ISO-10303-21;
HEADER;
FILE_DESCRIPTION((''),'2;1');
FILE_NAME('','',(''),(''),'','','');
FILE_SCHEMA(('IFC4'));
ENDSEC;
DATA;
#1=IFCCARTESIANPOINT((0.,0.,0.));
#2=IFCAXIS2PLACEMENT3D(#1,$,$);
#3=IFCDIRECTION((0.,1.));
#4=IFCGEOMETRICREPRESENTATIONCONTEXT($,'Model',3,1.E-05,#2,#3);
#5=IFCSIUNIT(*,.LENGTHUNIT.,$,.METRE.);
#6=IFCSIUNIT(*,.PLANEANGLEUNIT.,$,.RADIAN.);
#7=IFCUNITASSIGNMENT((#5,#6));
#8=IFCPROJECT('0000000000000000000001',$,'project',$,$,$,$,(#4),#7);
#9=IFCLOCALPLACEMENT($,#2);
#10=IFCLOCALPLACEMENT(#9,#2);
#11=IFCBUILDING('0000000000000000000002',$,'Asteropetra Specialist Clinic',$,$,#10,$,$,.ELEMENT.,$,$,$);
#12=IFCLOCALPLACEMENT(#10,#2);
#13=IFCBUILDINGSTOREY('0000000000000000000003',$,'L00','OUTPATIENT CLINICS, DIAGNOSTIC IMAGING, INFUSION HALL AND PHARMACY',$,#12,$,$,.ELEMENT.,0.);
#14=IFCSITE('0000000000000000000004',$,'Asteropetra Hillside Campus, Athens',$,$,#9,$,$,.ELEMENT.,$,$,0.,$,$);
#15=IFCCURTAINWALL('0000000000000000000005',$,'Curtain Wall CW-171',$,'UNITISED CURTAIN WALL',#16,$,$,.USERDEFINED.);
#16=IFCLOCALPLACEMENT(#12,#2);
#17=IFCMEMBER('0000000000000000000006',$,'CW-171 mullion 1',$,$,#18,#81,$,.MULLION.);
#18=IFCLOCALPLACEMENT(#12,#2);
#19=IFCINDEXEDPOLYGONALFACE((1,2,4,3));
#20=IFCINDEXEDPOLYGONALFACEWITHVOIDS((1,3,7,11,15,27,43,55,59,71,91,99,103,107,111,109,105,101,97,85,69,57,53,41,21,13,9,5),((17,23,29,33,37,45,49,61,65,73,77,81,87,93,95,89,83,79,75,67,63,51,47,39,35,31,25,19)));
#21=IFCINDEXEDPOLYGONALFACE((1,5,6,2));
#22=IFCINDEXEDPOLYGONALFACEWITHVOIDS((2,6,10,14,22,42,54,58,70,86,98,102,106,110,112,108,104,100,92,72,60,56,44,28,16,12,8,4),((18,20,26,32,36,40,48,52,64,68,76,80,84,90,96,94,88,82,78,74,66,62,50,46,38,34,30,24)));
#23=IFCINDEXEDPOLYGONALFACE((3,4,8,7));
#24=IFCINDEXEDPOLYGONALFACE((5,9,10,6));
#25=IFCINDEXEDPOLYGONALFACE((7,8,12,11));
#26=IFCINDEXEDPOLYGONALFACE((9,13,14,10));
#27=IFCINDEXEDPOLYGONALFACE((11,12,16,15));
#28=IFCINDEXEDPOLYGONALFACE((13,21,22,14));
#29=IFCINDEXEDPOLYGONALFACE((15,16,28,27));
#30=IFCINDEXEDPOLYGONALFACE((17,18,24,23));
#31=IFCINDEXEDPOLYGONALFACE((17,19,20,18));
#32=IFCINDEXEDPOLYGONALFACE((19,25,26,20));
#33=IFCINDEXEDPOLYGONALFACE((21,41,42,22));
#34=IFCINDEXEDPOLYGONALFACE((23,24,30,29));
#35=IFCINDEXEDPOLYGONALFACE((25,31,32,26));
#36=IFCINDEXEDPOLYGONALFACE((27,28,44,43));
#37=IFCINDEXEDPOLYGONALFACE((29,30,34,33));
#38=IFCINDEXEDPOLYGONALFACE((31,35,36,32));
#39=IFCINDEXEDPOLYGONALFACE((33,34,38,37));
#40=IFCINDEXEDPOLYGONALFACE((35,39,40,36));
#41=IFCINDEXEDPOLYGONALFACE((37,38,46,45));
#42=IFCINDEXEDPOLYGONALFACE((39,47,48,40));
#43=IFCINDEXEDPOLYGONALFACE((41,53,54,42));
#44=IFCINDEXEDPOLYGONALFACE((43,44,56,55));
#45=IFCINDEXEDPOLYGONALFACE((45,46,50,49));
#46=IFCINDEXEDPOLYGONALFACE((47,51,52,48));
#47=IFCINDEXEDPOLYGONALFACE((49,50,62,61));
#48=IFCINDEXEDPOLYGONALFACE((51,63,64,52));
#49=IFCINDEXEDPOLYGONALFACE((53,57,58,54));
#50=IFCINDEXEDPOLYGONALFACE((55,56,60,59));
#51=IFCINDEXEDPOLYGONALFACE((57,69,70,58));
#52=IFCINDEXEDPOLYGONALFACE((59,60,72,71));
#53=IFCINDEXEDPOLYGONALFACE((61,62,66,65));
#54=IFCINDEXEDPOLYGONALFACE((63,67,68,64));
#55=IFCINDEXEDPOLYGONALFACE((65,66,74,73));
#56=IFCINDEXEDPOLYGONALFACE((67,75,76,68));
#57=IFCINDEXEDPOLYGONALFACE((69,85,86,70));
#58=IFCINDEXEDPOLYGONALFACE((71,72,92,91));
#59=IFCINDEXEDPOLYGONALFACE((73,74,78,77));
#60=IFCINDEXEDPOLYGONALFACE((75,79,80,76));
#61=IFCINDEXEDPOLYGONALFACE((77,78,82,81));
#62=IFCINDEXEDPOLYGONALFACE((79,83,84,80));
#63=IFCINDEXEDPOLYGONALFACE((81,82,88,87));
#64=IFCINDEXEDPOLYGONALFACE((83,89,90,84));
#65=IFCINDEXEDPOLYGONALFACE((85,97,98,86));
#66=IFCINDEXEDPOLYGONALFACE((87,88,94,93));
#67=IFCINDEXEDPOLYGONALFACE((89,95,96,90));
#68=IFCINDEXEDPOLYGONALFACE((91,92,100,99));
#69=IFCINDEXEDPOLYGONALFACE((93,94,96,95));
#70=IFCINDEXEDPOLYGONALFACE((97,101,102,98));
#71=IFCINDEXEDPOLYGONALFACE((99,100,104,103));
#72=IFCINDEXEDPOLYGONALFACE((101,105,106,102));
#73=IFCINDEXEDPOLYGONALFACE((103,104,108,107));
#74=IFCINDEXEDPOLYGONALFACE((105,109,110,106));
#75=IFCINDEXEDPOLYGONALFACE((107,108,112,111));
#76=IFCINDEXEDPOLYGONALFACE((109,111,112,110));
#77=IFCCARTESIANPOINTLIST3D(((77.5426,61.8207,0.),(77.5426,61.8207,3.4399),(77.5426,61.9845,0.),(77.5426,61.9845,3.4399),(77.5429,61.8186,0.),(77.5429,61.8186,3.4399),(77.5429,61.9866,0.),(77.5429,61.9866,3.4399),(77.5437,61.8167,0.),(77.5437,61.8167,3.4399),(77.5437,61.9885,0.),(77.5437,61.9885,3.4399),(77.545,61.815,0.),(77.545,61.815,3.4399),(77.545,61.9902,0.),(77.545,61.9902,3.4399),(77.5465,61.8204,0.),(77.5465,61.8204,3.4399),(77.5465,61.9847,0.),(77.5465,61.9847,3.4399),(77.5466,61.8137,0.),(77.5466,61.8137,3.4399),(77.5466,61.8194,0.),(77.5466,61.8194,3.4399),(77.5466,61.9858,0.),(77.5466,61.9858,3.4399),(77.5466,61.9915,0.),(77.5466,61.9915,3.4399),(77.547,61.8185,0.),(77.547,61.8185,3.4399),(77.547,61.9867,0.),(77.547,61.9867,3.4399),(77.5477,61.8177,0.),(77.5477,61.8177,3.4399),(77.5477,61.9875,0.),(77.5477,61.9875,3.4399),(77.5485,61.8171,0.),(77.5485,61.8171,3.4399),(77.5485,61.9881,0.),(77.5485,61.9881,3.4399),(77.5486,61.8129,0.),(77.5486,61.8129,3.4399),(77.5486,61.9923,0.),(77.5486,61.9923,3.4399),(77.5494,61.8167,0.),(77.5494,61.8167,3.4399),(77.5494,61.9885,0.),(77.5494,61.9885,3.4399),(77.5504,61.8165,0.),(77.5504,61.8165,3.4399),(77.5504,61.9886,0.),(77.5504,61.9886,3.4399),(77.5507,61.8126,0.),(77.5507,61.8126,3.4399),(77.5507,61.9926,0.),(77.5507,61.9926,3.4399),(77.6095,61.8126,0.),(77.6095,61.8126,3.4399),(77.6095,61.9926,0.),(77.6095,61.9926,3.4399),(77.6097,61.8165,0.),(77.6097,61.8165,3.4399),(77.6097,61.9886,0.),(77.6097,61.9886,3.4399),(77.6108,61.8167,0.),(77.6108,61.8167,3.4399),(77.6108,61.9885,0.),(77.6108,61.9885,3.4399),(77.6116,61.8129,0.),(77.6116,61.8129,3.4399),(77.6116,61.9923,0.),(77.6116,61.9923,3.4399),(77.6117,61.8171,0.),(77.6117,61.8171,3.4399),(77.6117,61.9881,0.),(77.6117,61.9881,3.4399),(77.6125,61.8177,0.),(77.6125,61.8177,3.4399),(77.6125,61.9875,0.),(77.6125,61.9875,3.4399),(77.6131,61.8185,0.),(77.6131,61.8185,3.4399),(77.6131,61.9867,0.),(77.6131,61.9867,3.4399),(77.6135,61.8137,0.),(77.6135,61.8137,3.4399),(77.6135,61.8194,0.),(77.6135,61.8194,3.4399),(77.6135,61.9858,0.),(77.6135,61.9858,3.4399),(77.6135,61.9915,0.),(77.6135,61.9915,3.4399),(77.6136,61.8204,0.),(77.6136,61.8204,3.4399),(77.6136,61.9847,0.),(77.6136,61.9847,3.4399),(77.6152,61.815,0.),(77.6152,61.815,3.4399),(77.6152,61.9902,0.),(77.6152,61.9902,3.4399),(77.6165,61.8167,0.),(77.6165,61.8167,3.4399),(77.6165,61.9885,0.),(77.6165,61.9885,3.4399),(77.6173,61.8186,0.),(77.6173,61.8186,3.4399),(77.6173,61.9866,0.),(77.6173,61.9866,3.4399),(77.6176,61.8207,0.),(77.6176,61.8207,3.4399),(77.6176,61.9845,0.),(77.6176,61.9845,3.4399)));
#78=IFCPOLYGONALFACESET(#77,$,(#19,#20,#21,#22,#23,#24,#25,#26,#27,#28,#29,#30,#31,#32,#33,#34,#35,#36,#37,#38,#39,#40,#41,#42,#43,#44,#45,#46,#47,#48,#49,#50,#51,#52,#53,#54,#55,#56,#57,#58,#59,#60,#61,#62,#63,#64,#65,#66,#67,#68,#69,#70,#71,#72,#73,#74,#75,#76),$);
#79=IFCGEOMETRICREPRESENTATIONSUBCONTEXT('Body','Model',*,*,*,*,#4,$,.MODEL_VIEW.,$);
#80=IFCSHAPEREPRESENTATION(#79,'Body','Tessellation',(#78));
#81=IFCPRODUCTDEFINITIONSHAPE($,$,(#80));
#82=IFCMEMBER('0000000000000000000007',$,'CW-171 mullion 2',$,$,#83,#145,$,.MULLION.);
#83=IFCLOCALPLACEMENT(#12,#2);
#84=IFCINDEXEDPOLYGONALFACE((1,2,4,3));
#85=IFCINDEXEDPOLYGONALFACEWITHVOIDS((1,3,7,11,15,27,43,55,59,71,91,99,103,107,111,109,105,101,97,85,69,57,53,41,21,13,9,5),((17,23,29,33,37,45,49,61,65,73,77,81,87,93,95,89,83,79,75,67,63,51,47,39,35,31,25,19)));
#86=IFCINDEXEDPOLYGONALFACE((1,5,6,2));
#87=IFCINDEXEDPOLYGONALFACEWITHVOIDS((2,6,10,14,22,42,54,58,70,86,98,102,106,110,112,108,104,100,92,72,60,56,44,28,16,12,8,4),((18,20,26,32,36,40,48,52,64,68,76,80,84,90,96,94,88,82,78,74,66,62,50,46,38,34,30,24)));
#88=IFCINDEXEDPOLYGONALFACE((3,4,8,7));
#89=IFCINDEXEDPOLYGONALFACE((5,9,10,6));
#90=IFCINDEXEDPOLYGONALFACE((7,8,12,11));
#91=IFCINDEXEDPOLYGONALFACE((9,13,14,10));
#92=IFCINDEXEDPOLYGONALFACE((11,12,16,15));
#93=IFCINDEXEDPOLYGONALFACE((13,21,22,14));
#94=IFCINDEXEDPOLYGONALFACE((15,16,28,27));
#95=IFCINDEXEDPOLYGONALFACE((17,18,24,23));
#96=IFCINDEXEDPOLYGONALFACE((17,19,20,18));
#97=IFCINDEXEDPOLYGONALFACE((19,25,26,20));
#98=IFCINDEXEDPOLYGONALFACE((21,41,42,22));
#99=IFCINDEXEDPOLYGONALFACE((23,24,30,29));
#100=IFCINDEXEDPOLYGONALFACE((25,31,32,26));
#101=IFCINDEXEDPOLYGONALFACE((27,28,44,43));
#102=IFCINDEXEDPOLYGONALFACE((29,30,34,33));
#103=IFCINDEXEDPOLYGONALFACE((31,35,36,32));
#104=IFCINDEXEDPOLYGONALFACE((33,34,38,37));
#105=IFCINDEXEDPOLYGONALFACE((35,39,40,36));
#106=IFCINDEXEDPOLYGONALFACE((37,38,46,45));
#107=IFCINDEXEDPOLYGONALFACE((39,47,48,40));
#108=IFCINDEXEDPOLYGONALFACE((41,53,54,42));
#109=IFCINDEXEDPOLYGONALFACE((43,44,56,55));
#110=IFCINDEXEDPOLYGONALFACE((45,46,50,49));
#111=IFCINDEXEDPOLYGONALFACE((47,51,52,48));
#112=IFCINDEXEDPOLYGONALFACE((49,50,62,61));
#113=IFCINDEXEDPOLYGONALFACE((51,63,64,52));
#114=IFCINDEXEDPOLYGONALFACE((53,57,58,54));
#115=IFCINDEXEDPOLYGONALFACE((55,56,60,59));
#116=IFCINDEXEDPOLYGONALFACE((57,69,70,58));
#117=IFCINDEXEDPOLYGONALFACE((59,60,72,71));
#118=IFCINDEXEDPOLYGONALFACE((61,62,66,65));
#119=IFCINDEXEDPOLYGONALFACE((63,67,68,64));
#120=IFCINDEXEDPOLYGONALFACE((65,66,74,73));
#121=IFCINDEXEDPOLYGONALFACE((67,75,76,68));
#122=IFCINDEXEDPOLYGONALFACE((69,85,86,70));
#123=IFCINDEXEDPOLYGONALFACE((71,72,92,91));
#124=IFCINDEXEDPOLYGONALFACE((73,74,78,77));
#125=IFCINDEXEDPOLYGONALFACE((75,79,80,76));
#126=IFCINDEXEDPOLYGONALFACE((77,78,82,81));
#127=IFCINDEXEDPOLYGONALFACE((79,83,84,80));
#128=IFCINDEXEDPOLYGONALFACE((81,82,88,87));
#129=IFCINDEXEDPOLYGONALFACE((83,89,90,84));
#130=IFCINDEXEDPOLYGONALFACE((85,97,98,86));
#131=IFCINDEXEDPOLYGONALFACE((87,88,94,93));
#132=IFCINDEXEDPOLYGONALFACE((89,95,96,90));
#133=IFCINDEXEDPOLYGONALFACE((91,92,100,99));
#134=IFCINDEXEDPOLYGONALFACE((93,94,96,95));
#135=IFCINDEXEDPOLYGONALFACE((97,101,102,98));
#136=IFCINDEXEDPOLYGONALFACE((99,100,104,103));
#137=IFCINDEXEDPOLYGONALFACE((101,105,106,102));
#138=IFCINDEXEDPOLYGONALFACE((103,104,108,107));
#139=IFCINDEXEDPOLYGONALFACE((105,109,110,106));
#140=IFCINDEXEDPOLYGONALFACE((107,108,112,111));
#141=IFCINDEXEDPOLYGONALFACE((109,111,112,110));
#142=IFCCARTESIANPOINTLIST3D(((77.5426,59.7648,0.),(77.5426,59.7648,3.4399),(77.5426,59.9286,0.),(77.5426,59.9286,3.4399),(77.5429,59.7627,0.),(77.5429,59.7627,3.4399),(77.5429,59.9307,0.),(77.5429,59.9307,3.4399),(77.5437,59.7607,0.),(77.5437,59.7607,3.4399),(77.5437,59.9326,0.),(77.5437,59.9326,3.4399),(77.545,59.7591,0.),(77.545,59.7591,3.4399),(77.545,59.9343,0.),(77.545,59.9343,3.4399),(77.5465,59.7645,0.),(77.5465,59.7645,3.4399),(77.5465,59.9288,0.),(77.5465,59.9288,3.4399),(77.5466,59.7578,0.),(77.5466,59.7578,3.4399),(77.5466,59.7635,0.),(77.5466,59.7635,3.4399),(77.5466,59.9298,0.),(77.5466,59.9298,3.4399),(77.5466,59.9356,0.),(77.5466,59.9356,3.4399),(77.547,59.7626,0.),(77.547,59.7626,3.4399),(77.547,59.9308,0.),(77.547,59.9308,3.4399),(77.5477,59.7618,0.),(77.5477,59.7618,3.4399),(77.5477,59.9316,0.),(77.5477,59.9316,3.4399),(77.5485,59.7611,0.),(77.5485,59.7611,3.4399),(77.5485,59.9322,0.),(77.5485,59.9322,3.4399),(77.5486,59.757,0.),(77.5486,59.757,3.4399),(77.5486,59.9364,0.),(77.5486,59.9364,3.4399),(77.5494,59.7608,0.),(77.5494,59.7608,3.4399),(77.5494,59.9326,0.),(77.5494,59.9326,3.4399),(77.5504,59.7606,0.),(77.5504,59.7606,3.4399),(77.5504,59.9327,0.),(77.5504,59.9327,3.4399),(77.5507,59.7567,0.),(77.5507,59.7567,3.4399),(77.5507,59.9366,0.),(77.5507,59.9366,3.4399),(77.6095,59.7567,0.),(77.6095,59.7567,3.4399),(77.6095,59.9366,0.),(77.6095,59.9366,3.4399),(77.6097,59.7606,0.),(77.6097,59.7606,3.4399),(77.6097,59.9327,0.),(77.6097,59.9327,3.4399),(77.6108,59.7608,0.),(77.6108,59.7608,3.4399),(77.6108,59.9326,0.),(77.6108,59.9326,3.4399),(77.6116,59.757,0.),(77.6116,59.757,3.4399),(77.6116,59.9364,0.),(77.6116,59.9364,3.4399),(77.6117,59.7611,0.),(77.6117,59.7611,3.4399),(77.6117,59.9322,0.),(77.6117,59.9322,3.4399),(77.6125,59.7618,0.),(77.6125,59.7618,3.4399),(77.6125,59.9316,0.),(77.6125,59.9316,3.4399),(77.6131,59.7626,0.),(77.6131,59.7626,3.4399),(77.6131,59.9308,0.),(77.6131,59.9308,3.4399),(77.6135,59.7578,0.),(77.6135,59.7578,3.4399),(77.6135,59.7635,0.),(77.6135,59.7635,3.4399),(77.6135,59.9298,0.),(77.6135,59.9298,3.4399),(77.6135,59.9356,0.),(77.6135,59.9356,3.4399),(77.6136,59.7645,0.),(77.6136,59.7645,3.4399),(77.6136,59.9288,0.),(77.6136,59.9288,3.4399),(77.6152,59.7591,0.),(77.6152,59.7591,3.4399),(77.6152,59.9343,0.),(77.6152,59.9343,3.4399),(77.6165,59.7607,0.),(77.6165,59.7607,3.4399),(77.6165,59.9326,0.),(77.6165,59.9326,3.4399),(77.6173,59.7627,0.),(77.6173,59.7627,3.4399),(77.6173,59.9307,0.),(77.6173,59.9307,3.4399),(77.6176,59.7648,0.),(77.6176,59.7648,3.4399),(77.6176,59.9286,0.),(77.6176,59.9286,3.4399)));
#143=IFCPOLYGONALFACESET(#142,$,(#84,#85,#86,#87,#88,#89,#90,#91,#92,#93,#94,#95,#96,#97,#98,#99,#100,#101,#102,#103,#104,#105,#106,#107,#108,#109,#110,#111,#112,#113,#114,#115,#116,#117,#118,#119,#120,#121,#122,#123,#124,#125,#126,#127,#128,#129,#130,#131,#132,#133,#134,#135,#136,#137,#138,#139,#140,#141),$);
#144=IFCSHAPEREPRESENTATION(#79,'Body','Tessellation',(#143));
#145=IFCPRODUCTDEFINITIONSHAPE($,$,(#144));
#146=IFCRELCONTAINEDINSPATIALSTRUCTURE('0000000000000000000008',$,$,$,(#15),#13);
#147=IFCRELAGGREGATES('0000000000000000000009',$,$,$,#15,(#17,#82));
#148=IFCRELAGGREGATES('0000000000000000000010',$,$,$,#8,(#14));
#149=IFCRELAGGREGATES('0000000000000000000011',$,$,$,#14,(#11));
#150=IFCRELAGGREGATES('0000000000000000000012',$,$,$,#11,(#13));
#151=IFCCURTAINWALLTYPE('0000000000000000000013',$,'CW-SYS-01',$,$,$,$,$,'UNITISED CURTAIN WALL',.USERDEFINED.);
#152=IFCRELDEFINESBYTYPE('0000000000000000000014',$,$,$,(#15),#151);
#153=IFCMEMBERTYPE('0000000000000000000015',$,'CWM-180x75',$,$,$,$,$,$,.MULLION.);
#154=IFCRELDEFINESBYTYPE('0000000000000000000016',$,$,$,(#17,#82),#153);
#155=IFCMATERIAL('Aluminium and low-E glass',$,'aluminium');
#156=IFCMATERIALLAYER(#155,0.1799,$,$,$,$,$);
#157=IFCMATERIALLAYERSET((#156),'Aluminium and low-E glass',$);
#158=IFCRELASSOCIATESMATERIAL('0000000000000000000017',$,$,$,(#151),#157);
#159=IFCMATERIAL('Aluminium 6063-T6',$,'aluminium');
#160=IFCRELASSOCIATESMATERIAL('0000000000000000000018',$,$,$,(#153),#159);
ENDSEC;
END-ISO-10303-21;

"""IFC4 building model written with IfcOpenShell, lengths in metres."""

from ifc_helpers import new_model, si_unit, direction, frame, origin, origin_2d, place, context, subcontext, project, spatial, hollow_rectangle, extrude, material, layer, layer_set, material_profile, profile_set, type_object, element, aggregate, save


model = new_model("IFC4")

# Units and contexts
model_context = context("Model", 3, precision=1e-05, world=origin(), true_north=direction((0.0, 1.0)))
body_context = subcontext(model_context, "Body", "Model", "MODEL_VIEW")
ifc_project = project(units=[si_unit("LENGTHUNIT", "METRE"), si_unit("PLANEANGLEUNIT", "RADIAN")], contexts=[model_context])

# Site, building, storey
site_placement = place(None, origin())
site = spatial("IfcSite", under=ifc_project, at=site_placement, Name="Asteropetra Hillside Campus, Athens", CompositionType="ELEMENT", RefElevation=0.0)
building_placement = place(site_placement, origin())
building = spatial("IfcBuilding", under=site, at=building_placement, Name="Asteropetra Specialist Clinic", CompositionType="ELEMENT")
storey_placement = place(building_placement, origin())
storey = spatial("IfcBuildingStorey", under=building, at=storey_placement, Name="L00", Description="OUTPATIENT CLINICS, DIAGNOSTIC IMAGING, INFUSION HALL AND PHARMACY", CompositionType="ELEMENT", Elevation=0.0)

# Curtain wall, members
ifc_material_1 = material(Name="Aluminium and low-E glass", Category="aluminium")
ifc_layer_1 = layer(ifc_material_1, 0.1799)
ifc_layer_set_1 = layer_set([ifc_layer_1], Name="Aluminium and low-E glass")
curtain_wall_type_1 = type_object("IfcCurtainWallType", Name="CW-SYS-01", ElementType="UNITISED CURTAIN WALL", PredefinedType="USERDEFINED", material=ifc_layer_set_1)
curtain_wall_1_placement = place(storey_placement, origin())
curtain_wall_1 = element("IfcCurtainWall", 1, at=curtain_wall_1_placement, inside=storey, type_object=curtain_wall_type_1, Name="Curtain Wall CW-171", ObjectType="UNITISED CURTAIN WALL", PredefinedType="USERDEFINED")
ifc_material_2 = material(Name="Aluminium 6063-T6", Category="aluminium")
ifc_material_profile_1 = material_profile(ifc_material_2, hollow_rectangle(XDim=0.075, YDim=0.1799, WallThickness=0.0039, InnerFilletRadius=0.0039, OuterFilletRadius=0.0081, at=origin_2d()), Name="MUL 180x75x4.0")
ifc_profile_set_1 = profile_set([ifc_material_profile_1], Name="Aluminium 6063-T6")
member_type_1 = type_object("IfcMemberType", Name="CWM-180x75", PredefinedType="MULLION", material=ifc_profile_set_1)
member_1_placement = place(storey_placement, frame((77.5801, 61.9026, 0.0), z_axis=(0.0, 0.0, 1.0), x_axis=(1.0, 0.0, 0.0)))
member_1 = element("IfcMember", 2, at=member_1_placement, type_object=member_type_1, Name="CW-171 mullion 1", PredefinedType="MULLION", context=body_context, shape_type="SweptSolid", body=[
    extrude(hollow_rectangle(XDim=0.075, YDim=0.1799, WallThickness=0.0039, InnerFilletRadius=0.0039, OuterFilletRadius=0.0081, at=origin_2d()), origin(), (0.0, 0.0, 1.0), 3.4399),
])
member_2_placement = place(storey_placement, frame((77.5801, 59.8467, 0.0), z_axis=(0.0, 0.0, 1.0), x_axis=(1.0, 0.0, 0.0)))
member_2 = element("IfcMember", 3, at=member_2_placement, type_object=member_type_1, Name="CW-171 mullion 2", PredefinedType="MULLION", context=body_context, shape_type="SweptSolid", body=[
    extrude(hollow_rectangle(XDim=0.075, YDim=0.1799, WallThickness=0.0039, InnerFilletRadius=0.0039, OuterFilletRadius=0.0081, at=origin_2d()), origin(), (0.0, 0.0, 1.0), 3.4399),
])

aggregate(curtain_wall_1, [member_1, member_2])

save(model, "model.ifc")
